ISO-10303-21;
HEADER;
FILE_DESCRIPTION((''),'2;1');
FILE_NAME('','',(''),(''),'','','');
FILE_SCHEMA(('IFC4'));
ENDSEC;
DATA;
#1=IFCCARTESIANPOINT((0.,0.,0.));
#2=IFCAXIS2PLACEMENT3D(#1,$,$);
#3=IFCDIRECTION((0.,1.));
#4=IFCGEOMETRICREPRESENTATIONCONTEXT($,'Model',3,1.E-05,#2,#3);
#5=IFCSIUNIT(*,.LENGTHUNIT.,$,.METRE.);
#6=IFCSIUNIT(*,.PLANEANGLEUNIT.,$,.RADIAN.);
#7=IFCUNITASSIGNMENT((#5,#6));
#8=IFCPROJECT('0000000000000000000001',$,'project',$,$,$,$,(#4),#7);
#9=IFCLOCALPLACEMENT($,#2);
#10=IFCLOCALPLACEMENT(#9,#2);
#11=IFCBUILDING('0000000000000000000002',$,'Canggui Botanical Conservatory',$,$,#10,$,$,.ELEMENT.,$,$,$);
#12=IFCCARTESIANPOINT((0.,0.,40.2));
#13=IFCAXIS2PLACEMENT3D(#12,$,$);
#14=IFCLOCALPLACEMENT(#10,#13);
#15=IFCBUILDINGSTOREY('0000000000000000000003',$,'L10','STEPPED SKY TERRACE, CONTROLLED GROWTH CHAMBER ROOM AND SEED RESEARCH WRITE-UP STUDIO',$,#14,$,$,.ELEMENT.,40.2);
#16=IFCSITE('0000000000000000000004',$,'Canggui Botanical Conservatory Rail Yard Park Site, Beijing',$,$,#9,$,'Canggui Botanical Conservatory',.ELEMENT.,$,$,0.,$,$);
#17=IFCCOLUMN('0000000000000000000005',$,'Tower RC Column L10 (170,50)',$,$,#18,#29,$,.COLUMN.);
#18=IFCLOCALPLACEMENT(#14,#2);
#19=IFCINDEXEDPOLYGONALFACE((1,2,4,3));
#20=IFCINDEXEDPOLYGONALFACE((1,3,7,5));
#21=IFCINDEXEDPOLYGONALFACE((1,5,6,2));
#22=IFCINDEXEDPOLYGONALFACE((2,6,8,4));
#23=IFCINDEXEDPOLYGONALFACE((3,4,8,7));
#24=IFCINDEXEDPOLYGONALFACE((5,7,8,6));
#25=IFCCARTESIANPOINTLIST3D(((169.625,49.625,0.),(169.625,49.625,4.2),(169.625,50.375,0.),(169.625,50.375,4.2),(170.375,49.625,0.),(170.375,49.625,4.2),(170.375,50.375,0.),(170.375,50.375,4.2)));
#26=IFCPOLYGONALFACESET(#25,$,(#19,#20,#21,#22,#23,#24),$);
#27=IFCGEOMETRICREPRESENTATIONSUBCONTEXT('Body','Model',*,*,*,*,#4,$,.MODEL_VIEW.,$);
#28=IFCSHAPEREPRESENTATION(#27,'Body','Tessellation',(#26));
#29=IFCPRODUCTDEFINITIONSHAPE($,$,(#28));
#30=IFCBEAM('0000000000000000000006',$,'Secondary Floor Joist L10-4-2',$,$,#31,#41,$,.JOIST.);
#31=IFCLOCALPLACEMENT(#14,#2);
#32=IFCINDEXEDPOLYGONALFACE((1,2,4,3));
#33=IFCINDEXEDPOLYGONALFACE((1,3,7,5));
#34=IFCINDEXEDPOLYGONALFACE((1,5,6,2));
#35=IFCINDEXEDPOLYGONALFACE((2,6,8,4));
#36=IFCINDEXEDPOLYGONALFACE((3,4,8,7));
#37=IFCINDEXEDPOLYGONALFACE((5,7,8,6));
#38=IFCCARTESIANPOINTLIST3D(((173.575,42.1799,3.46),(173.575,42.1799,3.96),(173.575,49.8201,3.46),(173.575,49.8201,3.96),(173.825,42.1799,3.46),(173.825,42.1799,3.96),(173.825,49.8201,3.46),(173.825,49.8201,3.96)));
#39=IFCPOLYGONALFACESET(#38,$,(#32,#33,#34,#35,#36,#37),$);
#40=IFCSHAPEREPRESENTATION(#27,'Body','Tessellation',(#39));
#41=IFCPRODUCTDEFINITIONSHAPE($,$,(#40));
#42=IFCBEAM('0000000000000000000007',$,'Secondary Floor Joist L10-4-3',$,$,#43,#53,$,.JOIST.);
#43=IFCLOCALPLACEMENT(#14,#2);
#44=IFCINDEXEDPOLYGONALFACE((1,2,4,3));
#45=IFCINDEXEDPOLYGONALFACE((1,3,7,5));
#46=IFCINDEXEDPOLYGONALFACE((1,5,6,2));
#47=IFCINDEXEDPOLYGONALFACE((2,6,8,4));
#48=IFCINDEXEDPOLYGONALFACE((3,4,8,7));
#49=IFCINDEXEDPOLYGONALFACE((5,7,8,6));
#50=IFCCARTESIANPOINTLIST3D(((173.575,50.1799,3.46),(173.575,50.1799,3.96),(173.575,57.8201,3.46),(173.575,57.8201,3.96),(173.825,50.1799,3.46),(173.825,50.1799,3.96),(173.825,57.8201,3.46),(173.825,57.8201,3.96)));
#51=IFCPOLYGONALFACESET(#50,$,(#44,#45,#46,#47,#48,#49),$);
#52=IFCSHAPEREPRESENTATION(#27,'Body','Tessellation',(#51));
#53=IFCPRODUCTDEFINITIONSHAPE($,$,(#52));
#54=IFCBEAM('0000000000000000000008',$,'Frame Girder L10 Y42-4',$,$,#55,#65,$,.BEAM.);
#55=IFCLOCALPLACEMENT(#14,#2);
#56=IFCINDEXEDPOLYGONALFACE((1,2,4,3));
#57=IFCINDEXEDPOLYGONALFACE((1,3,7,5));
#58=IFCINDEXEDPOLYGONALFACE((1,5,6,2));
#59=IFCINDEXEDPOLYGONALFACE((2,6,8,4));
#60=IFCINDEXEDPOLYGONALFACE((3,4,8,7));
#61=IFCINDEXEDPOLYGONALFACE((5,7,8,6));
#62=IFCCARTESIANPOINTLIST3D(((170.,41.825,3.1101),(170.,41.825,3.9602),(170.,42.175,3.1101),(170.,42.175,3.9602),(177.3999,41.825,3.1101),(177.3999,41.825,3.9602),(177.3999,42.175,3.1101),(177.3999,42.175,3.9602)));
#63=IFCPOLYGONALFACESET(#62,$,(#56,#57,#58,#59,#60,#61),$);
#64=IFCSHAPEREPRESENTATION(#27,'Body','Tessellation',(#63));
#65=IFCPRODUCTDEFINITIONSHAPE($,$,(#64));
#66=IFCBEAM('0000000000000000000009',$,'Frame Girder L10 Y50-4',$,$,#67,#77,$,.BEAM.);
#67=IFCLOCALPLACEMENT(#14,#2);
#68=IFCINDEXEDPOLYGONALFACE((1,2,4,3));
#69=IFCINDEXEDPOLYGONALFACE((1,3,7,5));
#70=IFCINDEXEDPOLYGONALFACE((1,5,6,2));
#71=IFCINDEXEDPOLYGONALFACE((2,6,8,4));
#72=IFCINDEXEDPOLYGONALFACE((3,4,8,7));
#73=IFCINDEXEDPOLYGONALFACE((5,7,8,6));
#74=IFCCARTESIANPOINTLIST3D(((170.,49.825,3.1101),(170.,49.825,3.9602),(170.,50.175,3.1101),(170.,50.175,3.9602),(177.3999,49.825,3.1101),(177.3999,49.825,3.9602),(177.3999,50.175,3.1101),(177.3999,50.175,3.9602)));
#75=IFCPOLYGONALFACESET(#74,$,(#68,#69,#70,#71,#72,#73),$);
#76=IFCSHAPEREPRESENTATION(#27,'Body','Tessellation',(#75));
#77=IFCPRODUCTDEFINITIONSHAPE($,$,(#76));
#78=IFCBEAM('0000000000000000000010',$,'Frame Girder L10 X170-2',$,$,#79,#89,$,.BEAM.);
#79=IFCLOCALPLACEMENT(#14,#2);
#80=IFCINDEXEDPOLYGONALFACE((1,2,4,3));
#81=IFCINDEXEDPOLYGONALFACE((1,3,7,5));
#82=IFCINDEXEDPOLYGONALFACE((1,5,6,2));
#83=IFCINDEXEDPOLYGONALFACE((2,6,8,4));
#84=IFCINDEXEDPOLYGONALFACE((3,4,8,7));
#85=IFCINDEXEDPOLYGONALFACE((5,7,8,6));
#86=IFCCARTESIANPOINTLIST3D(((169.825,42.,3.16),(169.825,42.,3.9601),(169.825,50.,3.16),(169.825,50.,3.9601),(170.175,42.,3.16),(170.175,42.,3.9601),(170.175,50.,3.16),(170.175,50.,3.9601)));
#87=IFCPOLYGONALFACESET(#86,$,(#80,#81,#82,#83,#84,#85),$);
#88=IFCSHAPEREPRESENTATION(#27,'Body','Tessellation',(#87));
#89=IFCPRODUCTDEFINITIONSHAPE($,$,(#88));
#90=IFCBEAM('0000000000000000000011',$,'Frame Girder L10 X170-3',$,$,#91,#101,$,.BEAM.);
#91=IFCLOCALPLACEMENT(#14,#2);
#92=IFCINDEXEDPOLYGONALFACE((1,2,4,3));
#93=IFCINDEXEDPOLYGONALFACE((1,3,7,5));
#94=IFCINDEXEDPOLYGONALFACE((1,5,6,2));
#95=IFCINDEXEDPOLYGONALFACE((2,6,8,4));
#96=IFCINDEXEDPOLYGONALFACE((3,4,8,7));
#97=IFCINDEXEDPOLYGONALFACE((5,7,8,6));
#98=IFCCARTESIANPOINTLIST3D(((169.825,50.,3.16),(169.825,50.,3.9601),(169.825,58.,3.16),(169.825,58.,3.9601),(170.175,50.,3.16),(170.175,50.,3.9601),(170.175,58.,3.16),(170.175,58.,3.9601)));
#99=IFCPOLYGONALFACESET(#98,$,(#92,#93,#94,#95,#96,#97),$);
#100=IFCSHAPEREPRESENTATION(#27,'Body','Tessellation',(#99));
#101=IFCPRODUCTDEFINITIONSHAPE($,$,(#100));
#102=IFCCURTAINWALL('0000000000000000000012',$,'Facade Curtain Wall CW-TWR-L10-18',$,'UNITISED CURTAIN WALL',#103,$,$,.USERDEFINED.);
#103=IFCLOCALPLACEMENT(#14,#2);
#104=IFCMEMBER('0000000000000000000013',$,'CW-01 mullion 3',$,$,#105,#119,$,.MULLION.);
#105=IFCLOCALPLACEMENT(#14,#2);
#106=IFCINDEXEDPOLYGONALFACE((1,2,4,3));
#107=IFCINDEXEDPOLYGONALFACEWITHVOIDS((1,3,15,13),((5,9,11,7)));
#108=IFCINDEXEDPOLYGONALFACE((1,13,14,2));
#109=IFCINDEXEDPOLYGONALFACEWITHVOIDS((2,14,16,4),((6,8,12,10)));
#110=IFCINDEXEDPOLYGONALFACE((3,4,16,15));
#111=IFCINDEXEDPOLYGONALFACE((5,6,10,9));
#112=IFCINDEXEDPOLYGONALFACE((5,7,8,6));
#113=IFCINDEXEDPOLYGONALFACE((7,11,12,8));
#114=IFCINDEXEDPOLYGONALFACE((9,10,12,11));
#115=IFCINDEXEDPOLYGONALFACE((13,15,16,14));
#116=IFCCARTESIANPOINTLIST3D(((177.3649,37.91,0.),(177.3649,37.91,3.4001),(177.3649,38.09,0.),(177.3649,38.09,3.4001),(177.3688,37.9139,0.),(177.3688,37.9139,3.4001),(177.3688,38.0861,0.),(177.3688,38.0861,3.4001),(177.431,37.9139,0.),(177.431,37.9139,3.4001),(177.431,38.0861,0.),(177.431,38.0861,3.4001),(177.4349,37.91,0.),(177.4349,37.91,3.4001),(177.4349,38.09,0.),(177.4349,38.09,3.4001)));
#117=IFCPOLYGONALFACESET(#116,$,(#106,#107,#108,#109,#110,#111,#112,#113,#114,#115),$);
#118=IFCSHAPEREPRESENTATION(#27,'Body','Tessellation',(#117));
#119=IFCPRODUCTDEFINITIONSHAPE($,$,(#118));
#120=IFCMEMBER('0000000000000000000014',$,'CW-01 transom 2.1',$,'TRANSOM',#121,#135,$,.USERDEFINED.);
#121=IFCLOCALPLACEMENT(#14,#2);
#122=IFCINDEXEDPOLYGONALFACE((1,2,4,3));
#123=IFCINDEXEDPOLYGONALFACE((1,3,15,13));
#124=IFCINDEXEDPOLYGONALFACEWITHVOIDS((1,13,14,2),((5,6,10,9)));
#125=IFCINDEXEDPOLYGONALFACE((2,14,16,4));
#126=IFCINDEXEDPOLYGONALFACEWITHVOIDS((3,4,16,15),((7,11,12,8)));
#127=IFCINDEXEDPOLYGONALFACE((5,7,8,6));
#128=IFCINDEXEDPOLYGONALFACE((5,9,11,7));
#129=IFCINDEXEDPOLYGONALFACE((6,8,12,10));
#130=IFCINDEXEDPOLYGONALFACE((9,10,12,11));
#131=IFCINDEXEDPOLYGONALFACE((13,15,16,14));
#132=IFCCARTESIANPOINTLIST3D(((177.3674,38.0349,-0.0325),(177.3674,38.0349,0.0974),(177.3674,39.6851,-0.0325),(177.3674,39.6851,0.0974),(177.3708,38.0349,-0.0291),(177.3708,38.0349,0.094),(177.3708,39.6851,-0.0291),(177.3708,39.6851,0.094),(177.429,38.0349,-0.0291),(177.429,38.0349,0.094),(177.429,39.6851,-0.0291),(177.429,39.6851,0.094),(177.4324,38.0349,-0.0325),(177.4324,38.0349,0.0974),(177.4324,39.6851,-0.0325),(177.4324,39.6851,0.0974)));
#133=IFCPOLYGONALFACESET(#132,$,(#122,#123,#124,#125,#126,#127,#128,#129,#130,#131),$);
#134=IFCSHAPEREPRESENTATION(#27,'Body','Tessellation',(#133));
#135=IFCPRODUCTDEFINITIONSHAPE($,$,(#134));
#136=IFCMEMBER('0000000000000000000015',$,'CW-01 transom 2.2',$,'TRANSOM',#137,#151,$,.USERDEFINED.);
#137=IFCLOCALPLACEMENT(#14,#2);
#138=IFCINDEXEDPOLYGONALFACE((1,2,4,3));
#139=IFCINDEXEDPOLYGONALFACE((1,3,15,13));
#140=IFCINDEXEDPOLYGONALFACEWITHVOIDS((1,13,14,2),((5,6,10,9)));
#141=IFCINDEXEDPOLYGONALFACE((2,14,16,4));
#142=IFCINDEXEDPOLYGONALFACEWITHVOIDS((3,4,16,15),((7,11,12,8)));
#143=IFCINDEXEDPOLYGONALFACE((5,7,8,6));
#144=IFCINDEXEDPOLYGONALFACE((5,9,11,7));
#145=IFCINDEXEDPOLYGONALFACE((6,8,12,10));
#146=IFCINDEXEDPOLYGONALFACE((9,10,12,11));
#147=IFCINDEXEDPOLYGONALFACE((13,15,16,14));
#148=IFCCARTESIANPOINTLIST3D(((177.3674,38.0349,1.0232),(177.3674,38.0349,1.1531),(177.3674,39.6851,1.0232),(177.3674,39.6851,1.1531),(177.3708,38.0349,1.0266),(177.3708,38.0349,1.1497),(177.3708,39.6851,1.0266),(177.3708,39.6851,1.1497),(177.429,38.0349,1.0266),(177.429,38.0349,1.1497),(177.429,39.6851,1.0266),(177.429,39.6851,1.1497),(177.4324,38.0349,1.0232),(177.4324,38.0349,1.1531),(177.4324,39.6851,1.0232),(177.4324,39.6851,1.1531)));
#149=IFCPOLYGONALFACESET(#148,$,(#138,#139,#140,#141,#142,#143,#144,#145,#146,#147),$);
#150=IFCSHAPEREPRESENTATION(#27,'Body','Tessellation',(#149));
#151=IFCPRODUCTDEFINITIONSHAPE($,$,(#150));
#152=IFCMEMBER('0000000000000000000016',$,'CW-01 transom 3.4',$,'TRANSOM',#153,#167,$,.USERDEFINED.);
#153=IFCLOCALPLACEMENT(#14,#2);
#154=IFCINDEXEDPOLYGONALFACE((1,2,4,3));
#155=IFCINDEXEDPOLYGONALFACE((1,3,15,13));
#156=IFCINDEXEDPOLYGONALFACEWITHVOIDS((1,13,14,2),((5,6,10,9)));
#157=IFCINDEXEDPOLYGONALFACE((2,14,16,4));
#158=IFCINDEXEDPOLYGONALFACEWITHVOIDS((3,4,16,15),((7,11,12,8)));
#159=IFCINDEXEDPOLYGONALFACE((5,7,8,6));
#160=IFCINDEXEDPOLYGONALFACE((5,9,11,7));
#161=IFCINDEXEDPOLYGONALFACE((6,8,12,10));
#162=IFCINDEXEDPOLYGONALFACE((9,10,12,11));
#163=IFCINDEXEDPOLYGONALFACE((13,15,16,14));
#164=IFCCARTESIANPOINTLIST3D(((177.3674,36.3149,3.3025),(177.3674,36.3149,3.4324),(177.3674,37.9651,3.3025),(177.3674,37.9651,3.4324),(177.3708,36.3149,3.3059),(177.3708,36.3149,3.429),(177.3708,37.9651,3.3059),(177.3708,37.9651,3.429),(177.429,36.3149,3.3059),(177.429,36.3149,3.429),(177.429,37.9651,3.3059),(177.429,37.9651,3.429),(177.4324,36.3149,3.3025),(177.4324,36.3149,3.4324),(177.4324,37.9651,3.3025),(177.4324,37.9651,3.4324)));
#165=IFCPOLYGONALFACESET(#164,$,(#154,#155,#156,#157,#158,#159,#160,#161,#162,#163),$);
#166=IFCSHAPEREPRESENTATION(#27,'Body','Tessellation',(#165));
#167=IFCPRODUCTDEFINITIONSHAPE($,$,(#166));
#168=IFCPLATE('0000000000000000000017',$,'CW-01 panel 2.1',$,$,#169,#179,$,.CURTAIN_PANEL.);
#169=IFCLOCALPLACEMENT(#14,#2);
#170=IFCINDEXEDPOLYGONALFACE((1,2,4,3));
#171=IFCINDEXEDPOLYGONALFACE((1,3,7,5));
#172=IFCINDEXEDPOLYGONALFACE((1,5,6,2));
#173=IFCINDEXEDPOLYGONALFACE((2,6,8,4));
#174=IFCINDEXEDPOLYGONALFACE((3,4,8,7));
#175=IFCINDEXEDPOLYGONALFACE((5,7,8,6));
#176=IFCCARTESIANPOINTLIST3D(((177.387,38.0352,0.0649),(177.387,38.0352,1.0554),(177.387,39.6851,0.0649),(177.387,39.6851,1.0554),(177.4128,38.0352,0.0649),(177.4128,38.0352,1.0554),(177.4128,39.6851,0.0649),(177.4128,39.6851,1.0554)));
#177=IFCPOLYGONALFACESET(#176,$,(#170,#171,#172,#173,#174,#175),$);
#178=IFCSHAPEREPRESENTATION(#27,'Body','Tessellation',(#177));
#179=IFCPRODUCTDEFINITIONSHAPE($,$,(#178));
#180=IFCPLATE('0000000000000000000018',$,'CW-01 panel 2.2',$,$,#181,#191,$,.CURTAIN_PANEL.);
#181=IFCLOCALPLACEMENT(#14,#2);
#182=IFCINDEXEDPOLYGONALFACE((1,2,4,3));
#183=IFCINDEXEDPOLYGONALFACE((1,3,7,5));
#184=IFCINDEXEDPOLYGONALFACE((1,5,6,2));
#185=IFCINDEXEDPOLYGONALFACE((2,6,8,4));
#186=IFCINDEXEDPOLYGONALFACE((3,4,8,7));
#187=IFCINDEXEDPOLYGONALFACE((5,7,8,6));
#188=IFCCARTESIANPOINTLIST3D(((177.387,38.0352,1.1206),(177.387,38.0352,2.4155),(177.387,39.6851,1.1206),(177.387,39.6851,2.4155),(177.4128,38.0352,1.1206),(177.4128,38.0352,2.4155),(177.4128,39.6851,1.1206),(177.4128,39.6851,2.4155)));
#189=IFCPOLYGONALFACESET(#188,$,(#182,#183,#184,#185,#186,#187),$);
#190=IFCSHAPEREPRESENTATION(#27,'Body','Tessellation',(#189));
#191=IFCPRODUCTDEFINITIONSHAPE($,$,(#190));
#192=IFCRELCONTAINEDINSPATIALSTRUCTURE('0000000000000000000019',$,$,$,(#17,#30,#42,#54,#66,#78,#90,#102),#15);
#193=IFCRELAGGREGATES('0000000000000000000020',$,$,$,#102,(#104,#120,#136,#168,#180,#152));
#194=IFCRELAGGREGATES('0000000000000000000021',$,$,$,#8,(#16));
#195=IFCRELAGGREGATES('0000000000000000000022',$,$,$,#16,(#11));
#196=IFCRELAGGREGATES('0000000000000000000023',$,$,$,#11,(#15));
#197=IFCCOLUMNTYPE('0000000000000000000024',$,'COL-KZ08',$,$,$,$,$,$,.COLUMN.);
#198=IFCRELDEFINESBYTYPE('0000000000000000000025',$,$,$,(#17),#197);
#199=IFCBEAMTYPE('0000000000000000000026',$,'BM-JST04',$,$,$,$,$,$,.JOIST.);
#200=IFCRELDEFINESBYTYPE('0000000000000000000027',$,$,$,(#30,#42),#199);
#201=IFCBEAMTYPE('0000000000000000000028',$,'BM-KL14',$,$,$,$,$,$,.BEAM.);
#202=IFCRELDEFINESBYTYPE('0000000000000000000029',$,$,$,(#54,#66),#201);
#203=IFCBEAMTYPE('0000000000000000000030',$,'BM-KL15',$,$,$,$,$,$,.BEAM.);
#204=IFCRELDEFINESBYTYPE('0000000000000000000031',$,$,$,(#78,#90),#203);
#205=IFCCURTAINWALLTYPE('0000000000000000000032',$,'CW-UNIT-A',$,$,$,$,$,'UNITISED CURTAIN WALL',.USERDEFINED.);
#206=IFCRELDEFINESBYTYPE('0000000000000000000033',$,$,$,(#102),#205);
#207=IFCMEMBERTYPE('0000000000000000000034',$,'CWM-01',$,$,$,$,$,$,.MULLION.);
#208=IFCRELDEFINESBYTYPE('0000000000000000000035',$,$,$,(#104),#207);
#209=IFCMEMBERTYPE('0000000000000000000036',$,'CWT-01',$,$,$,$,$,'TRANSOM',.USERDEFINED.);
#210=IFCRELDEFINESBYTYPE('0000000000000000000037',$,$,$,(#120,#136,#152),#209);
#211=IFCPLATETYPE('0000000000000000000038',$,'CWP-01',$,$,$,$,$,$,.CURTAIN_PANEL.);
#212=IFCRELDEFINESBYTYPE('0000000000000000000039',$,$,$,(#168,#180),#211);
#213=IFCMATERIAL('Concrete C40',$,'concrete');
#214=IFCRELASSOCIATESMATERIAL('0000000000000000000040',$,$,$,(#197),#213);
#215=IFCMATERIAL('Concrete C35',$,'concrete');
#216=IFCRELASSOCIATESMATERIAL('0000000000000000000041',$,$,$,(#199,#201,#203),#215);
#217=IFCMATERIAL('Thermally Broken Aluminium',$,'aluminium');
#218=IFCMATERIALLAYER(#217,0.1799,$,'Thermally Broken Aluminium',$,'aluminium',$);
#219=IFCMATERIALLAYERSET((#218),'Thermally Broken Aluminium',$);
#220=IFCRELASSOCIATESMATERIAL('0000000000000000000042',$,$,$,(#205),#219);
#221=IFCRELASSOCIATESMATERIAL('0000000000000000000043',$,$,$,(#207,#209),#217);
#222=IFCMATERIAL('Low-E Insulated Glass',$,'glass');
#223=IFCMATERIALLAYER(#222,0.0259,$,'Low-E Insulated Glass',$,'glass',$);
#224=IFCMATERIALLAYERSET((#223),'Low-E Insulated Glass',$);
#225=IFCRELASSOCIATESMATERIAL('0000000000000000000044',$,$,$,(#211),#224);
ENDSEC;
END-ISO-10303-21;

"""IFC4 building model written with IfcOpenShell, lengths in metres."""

from ifc_helpers import new_model, si_unit, direction, frame, origin, origin_2d, place, context, subcontext, project, spatial, rectangle, hollow_rectangle, extrude, material, layer, layer_set, material_profile, profile_set, type_object, element, aggregate, save


model = new_model("IFC4")

# Units and contexts
model_context = context("Model", 3, precision=1e-05, world=origin(), true_north=direction((0.0, 1.0)))
body_context = subcontext(model_context, "Body", "Model", "MODEL_VIEW")
ifc_project = project(units=[si_unit("LENGTHUNIT", "METRE"), si_unit("PLANEANGLEUNIT", "RADIAN")], contexts=[model_context])

# Site, building, storey
site_placement = place(None, origin())
site = spatial("IfcSite", under=ifc_project, at=site_placement, Name="Canggui Botanical Conservatory Rail Yard Park Site, Beijing", LongName="Canggui Botanical Conservatory", CompositionType="ELEMENT", RefElevation=0.0)
building_placement = place(site_placement, origin())
building = spatial("IfcBuilding", under=site, at=building_placement, Name="Canggui Botanical Conservatory", CompositionType="ELEMENT")
storey_placement = place(building_placement, frame((0.0, 0.0, 40.2)))
storey = spatial("IfcBuildingStorey", under=building, at=storey_placement, Name="L10", Description="STEPPED SKY TERRACE, CONTROLLED GROWTH CHAMBER ROOM AND SEED RESEARCH WRITE-UP STUDIO", CompositionType="ELEMENT", Elevation=40.2)

# Column
ifc_material_1 = material(Name="Concrete C40", Category="concrete")
ifc_material_profile_1 = material_profile(ifc_material_1, rectangle(XDim=0.75, YDim=0.75, at=origin_2d()), Name="RC 750x750")
ifc_profile_set_1 = profile_set([ifc_material_profile_1], Name="Concrete C40")
column_type = type_object("IfcColumnType", Name="COL-KZ08", PredefinedType="COLUMN", material=ifc_profile_set_1)
column_placement = place(storey_placement, frame((170.0, 50.0, 0.0), z_axis=(0.0, 0.0, 1.0), x_axis=(1.0, 0.0, 0.0)))
element("IfcColumn", 1, at=column_placement, inside=storey, type_object=column_type, Name="Tower RC Column L10 (170,50)", PredefinedType="COLUMN", context=body_context, shape_type="SweptSolid", body=[
    extrude(rectangle(XDim=0.75, YDim=0.75, at=origin_2d()), origin(), (0.0, 0.0, 1.0), 4.2),
])

# Beams
ifc_material_2 = material(Name="Concrete C35", Category="concrete")
ifc_material_profile_2 = material_profile(ifc_material_2, rectangle(XDim=0.25, YDim=0.5, at=origin_2d()), Name="RB 250x500")
ifc_profile_set_2 = profile_set([ifc_material_profile_2], Name="Concrete C35")
beam_type_1 = type_object("IfcBeamType", Name="BM-JST04", PredefinedType="JOIST", material=ifc_profile_set_2)
for number, where, z_axis, x_axis, name in (
    (2, (173.7, 42.1799, 3.71), (0.0, 1.0, 0.0), (-1.0, 0.0, 0.0), "Secondary Floor Joist L10-4-2"),
    (3, (173.7, 50.1799, 3.71), (0.0, 1.0, 0.0), (-1.0, 0.0, 0.0), "Secondary Floor Joist L10-4-3"),
):
    element("IfcBeam", number, at=place(storey_placement, frame(where, z_axis=z_axis, x_axis=x_axis)), inside=storey, type_object=beam_type_1, Name=name, PredefinedType="JOIST", context=body_context, shape_type="SweptSolid", body=[
        extrude(rectangle(XDim=0.25, YDim=0.5, at=origin_2d()), origin(), (0.0, 0.0, 1.0), 7.6401),
    ])
ifc_material_profile_3 = material_profile(ifc_material_2, rectangle(XDim=0.3501, YDim=0.8501, at=origin_2d()), Name="RB 350x850")
ifc_profile_set_3 = profile_set([ifc_material_profile_3], Name="Concrete C35")
beam_type_2 = type_object("IfcBeamType", Name="BM-KL14", PredefinedType="BEAM", material=ifc_profile_set_3)
for number, where, z_axis, x_axis, name in (
    (4, (170.0, 42.0, 3.5352), (1.0, 0.0, 0.0), (0.0, 1.0, 0.0), "Frame Girder L10 Y42-4"),
    (5, (170.0, 50.0, 3.5352), (1.0, 0.0, 0.0), (0.0, 1.0, 0.0), "Frame Girder L10 Y50-4"),
):
    element("IfcBeam", number, at=place(storey_placement, frame(where, z_axis=z_axis, x_axis=x_axis)), inside=storey, type_object=beam_type_2, Name=name, PredefinedType="BEAM", context=body_context, shape_type="SweptSolid", body=[
        extrude(rectangle(XDim=0.3501, YDim=0.8501, at=origin_2d()), origin(), (0.0, 0.0, 1.0), 7.3999),
    ])
ifc_material_profile_4 = material_profile(ifc_material_2, rectangle(XDim=0.3501, YDim=0.8, at=origin_2d()), Name="RB 350x800")
ifc_profile_set_4 = profile_set([ifc_material_profile_4], Name="Concrete C35")
beam_type_3 = type_object("IfcBeamType", Name="BM-KL15", PredefinedType="BEAM", material=ifc_profile_set_4)
for number, where, z_axis, x_axis, name in (
    (6, (170.0, 42.0, 3.5601), (0.0, 1.0, 0.0), (-1.0, 0.0, 0.0), "Frame Girder L10 X170-2"),
    (7, (170.0, 50.0, 3.5601), (0.0, 1.0, 0.0), (-1.0, 0.0, 0.0), "Frame Girder L10 X170-3"),
):
    element("IfcBeam", number, at=place(storey_placement, frame(where, z_axis=z_axis, x_axis=x_axis)), inside=storey, type_object=beam_type_3, Name=name, PredefinedType="BEAM", context=body_context, shape_type="SweptSolid", body=[
        extrude(rectangle(XDim=0.3501, YDim=0.8, at=origin_2d()), origin(), (0.0, 0.0, 1.0), 8.0),
    ])

# Curtain wall, members, plates
ifc_material_3 = material(Name="Thermally Broken Aluminium", Category="aluminium")
ifc_layer_1 = layer(ifc_material_3, 0.1799, Name="Thermally Broken Aluminium", Category="aluminium")
ifc_layer_set_1 = layer_set([ifc_layer_1], Name="Thermally Broken Aluminium")
curtain_wall_type = type_object("IfcCurtainWallType", Name="CW-UNIT-A", ElementType="UNITISED CURTAIN WALL", PredefinedType="USERDEFINED", material=ifc_layer_set_1)
curtain_wall_placement = place(storey_placement, origin())
curtain_wall = element("IfcCurtainWall", 8, at=curtain_wall_placement, inside=storey, type_object=curtain_wall_type, Name="Facade Curtain Wall CW-TWR-L10-18", ObjectType="UNITISED CURTAIN WALL", PredefinedType="USERDEFINED")
ifc_material_profile_5 = material_profile(ifc_material_3, hollow_rectangle(XDim=0.0701, YDim=0.1799, WallThickness=0.0039, at=origin_2d()), Name="CWM 70x180x4")
ifc_profile_set_5 = profile_set([ifc_material_profile_5], Name="Thermally Broken Aluminium")
member_type_1 = type_object("IfcMemberType", Name="CWM-01", PredefinedType="MULLION", material=ifc_profile_set_5)
member_1_placement = place(storey_placement, frame((177.3999, 38.0, 0.0), z_axis=(0.0, 0.0, 1.0), x_axis=(1.0, 0.0, 0.0)))
member_1 = element("IfcMember", 9, at=member_1_placement, type_object=member_type_1, Name="CW-01 mullion 3", PredefinedType="MULLION", context=body_context, shape_type="SweptSolid", body=[
    extrude(hollow_rectangle(XDim=0.0701, YDim=0.1799, WallThickness=0.0039, at=origin_2d()), origin(), (0.0, 0.0, 1.0), 3.4001),
])
ifc_material_profile_6 = material_profile(ifc_material_3, hollow_rectangle(XDim=0.0649, YDim=0.1299, WallThickness=0.0034, at=origin_2d()), Name="CWT 65x130x3.5")
ifc_profile_set_6 = profile_set([ifc_material_profile_6], Name="Thermally Broken Aluminium")
member_type_2 = type_object("IfcMemberType", Name="CWT-01", ElementType="TRANSOM", PredefinedType="USERDEFINED", material=ifc_profile_set_6)
member_2_placement = place(storey_placement, frame((177.3999, 39.6851, 0.0325), z_axis=(0.0, -1.0, 0.0), x_axis=(1.0, 0.0, 0.0)))
member_2 = element("IfcMember", 10, at=member_2_placement, type_object=member_type_2, Name="CW-01 transom 2.1", ObjectType="TRANSOM", PredefinedType="USERDEFINED", context=body_context, shape_type="SweptSolid", body=[
    extrude(hollow_rectangle(XDim=0.0649, YDim=0.1299, WallThickness=0.0034, at=origin_2d()), origin(), (0.0, 0.0, 1.0), 1.6501),
])
member_3_placement = place(storey_placement, frame((177.3999, 39.6851, 1.0881), z_axis=(0.0, -1.0, 0.0), x_axis=(1.0, 0.0, 0.0)))
member_3 = element("IfcMember", 11, at=member_3_placement, type_object=member_type_2, Name="CW-01 transom 2.2", ObjectType="TRANSOM", PredefinedType="USERDEFINED", context=body_context, shape_type="SweptSolid", body=[
    extrude(hollow_rectangle(XDim=0.0649, YDim=0.1299, WallThickness=0.0034, at=origin_2d()), origin(), (0.0, 0.0, 1.0), 1.6501),
])
member_4_placement = place(storey_placement, frame((177.3999, 37.9651, 3.3674), z_axis=(0.0, -1.0, 0.0), x_axis=(1.0, 0.0, 0.0)))
member_4 = element("IfcMember", 12, at=member_4_placement, type_object=member_type_2, Name="CW-01 transom 3.4", ObjectType="TRANSOM", PredefinedType="USERDEFINED", context=body_context, shape_type="SweptSolid", body=[
    extrude(hollow_rectangle(XDim=0.0649, YDim=0.1299, WallThickness=0.0034, at=origin_2d()), origin(), (0.0, 0.0, 1.0), 1.6501),
])
ifc_material_4 = material(Name="Low-E Insulated Glass", Category="glass")
ifc_layer_2 = layer(ifc_material_4, 0.0259, Name="Low-E Insulated Glass", Category="glass")
ifc_layer_set_2 = layer_set([ifc_layer_2], Name="Low-E Insulated Glass")
plate_type_1 = type_object("IfcPlateType", Name="CWP-01", PredefinedType="CURTAIN_PANEL", material=ifc_layer_set_2)
plate_1_placement = place(storey_placement, frame((177.3999, 38.8601, 0.0649), z_axis=(0.0, 0.0, 1.0), x_axis=(0.0, -1.0, 0.0)))
plate_1 = element("IfcPlate", 13, at=plate_1_placement, type_object=plate_type_1, Name="CW-01 panel 2.1", PredefinedType="CURTAIN_PANEL", context=body_context, shape_type="SweptSolid", body=[
    extrude(rectangle(XDim=1.6499, YDim=0.0259, at=origin_2d()), origin(), (0.0, 0.0, 1.0), 0.9905),
])
plate_2_placement = place(storey_placement, frame((177.3999, 38.8601, 1.1206), z_axis=(0.0, 0.0, 1.0), x_axis=(0.0, -1.0, 0.0)))
plate_2 = element("IfcPlate", 14, at=plate_2_placement, type_object=plate_type_1, Name="CW-01 panel 2.2", PredefinedType="CURTAIN_PANEL", context=body_context, shape_type="SweptSolid", body=[
    extrude(rectangle(XDim=1.6499, YDim=0.0259, at=origin_2d()), origin(), (0.0, 0.0, 1.0), 1.2949),
])
aggregate(curtain_wall, [member_1, member_2, member_3, plate_1, plate_2, member_4])

save(model, "model.ifc")
